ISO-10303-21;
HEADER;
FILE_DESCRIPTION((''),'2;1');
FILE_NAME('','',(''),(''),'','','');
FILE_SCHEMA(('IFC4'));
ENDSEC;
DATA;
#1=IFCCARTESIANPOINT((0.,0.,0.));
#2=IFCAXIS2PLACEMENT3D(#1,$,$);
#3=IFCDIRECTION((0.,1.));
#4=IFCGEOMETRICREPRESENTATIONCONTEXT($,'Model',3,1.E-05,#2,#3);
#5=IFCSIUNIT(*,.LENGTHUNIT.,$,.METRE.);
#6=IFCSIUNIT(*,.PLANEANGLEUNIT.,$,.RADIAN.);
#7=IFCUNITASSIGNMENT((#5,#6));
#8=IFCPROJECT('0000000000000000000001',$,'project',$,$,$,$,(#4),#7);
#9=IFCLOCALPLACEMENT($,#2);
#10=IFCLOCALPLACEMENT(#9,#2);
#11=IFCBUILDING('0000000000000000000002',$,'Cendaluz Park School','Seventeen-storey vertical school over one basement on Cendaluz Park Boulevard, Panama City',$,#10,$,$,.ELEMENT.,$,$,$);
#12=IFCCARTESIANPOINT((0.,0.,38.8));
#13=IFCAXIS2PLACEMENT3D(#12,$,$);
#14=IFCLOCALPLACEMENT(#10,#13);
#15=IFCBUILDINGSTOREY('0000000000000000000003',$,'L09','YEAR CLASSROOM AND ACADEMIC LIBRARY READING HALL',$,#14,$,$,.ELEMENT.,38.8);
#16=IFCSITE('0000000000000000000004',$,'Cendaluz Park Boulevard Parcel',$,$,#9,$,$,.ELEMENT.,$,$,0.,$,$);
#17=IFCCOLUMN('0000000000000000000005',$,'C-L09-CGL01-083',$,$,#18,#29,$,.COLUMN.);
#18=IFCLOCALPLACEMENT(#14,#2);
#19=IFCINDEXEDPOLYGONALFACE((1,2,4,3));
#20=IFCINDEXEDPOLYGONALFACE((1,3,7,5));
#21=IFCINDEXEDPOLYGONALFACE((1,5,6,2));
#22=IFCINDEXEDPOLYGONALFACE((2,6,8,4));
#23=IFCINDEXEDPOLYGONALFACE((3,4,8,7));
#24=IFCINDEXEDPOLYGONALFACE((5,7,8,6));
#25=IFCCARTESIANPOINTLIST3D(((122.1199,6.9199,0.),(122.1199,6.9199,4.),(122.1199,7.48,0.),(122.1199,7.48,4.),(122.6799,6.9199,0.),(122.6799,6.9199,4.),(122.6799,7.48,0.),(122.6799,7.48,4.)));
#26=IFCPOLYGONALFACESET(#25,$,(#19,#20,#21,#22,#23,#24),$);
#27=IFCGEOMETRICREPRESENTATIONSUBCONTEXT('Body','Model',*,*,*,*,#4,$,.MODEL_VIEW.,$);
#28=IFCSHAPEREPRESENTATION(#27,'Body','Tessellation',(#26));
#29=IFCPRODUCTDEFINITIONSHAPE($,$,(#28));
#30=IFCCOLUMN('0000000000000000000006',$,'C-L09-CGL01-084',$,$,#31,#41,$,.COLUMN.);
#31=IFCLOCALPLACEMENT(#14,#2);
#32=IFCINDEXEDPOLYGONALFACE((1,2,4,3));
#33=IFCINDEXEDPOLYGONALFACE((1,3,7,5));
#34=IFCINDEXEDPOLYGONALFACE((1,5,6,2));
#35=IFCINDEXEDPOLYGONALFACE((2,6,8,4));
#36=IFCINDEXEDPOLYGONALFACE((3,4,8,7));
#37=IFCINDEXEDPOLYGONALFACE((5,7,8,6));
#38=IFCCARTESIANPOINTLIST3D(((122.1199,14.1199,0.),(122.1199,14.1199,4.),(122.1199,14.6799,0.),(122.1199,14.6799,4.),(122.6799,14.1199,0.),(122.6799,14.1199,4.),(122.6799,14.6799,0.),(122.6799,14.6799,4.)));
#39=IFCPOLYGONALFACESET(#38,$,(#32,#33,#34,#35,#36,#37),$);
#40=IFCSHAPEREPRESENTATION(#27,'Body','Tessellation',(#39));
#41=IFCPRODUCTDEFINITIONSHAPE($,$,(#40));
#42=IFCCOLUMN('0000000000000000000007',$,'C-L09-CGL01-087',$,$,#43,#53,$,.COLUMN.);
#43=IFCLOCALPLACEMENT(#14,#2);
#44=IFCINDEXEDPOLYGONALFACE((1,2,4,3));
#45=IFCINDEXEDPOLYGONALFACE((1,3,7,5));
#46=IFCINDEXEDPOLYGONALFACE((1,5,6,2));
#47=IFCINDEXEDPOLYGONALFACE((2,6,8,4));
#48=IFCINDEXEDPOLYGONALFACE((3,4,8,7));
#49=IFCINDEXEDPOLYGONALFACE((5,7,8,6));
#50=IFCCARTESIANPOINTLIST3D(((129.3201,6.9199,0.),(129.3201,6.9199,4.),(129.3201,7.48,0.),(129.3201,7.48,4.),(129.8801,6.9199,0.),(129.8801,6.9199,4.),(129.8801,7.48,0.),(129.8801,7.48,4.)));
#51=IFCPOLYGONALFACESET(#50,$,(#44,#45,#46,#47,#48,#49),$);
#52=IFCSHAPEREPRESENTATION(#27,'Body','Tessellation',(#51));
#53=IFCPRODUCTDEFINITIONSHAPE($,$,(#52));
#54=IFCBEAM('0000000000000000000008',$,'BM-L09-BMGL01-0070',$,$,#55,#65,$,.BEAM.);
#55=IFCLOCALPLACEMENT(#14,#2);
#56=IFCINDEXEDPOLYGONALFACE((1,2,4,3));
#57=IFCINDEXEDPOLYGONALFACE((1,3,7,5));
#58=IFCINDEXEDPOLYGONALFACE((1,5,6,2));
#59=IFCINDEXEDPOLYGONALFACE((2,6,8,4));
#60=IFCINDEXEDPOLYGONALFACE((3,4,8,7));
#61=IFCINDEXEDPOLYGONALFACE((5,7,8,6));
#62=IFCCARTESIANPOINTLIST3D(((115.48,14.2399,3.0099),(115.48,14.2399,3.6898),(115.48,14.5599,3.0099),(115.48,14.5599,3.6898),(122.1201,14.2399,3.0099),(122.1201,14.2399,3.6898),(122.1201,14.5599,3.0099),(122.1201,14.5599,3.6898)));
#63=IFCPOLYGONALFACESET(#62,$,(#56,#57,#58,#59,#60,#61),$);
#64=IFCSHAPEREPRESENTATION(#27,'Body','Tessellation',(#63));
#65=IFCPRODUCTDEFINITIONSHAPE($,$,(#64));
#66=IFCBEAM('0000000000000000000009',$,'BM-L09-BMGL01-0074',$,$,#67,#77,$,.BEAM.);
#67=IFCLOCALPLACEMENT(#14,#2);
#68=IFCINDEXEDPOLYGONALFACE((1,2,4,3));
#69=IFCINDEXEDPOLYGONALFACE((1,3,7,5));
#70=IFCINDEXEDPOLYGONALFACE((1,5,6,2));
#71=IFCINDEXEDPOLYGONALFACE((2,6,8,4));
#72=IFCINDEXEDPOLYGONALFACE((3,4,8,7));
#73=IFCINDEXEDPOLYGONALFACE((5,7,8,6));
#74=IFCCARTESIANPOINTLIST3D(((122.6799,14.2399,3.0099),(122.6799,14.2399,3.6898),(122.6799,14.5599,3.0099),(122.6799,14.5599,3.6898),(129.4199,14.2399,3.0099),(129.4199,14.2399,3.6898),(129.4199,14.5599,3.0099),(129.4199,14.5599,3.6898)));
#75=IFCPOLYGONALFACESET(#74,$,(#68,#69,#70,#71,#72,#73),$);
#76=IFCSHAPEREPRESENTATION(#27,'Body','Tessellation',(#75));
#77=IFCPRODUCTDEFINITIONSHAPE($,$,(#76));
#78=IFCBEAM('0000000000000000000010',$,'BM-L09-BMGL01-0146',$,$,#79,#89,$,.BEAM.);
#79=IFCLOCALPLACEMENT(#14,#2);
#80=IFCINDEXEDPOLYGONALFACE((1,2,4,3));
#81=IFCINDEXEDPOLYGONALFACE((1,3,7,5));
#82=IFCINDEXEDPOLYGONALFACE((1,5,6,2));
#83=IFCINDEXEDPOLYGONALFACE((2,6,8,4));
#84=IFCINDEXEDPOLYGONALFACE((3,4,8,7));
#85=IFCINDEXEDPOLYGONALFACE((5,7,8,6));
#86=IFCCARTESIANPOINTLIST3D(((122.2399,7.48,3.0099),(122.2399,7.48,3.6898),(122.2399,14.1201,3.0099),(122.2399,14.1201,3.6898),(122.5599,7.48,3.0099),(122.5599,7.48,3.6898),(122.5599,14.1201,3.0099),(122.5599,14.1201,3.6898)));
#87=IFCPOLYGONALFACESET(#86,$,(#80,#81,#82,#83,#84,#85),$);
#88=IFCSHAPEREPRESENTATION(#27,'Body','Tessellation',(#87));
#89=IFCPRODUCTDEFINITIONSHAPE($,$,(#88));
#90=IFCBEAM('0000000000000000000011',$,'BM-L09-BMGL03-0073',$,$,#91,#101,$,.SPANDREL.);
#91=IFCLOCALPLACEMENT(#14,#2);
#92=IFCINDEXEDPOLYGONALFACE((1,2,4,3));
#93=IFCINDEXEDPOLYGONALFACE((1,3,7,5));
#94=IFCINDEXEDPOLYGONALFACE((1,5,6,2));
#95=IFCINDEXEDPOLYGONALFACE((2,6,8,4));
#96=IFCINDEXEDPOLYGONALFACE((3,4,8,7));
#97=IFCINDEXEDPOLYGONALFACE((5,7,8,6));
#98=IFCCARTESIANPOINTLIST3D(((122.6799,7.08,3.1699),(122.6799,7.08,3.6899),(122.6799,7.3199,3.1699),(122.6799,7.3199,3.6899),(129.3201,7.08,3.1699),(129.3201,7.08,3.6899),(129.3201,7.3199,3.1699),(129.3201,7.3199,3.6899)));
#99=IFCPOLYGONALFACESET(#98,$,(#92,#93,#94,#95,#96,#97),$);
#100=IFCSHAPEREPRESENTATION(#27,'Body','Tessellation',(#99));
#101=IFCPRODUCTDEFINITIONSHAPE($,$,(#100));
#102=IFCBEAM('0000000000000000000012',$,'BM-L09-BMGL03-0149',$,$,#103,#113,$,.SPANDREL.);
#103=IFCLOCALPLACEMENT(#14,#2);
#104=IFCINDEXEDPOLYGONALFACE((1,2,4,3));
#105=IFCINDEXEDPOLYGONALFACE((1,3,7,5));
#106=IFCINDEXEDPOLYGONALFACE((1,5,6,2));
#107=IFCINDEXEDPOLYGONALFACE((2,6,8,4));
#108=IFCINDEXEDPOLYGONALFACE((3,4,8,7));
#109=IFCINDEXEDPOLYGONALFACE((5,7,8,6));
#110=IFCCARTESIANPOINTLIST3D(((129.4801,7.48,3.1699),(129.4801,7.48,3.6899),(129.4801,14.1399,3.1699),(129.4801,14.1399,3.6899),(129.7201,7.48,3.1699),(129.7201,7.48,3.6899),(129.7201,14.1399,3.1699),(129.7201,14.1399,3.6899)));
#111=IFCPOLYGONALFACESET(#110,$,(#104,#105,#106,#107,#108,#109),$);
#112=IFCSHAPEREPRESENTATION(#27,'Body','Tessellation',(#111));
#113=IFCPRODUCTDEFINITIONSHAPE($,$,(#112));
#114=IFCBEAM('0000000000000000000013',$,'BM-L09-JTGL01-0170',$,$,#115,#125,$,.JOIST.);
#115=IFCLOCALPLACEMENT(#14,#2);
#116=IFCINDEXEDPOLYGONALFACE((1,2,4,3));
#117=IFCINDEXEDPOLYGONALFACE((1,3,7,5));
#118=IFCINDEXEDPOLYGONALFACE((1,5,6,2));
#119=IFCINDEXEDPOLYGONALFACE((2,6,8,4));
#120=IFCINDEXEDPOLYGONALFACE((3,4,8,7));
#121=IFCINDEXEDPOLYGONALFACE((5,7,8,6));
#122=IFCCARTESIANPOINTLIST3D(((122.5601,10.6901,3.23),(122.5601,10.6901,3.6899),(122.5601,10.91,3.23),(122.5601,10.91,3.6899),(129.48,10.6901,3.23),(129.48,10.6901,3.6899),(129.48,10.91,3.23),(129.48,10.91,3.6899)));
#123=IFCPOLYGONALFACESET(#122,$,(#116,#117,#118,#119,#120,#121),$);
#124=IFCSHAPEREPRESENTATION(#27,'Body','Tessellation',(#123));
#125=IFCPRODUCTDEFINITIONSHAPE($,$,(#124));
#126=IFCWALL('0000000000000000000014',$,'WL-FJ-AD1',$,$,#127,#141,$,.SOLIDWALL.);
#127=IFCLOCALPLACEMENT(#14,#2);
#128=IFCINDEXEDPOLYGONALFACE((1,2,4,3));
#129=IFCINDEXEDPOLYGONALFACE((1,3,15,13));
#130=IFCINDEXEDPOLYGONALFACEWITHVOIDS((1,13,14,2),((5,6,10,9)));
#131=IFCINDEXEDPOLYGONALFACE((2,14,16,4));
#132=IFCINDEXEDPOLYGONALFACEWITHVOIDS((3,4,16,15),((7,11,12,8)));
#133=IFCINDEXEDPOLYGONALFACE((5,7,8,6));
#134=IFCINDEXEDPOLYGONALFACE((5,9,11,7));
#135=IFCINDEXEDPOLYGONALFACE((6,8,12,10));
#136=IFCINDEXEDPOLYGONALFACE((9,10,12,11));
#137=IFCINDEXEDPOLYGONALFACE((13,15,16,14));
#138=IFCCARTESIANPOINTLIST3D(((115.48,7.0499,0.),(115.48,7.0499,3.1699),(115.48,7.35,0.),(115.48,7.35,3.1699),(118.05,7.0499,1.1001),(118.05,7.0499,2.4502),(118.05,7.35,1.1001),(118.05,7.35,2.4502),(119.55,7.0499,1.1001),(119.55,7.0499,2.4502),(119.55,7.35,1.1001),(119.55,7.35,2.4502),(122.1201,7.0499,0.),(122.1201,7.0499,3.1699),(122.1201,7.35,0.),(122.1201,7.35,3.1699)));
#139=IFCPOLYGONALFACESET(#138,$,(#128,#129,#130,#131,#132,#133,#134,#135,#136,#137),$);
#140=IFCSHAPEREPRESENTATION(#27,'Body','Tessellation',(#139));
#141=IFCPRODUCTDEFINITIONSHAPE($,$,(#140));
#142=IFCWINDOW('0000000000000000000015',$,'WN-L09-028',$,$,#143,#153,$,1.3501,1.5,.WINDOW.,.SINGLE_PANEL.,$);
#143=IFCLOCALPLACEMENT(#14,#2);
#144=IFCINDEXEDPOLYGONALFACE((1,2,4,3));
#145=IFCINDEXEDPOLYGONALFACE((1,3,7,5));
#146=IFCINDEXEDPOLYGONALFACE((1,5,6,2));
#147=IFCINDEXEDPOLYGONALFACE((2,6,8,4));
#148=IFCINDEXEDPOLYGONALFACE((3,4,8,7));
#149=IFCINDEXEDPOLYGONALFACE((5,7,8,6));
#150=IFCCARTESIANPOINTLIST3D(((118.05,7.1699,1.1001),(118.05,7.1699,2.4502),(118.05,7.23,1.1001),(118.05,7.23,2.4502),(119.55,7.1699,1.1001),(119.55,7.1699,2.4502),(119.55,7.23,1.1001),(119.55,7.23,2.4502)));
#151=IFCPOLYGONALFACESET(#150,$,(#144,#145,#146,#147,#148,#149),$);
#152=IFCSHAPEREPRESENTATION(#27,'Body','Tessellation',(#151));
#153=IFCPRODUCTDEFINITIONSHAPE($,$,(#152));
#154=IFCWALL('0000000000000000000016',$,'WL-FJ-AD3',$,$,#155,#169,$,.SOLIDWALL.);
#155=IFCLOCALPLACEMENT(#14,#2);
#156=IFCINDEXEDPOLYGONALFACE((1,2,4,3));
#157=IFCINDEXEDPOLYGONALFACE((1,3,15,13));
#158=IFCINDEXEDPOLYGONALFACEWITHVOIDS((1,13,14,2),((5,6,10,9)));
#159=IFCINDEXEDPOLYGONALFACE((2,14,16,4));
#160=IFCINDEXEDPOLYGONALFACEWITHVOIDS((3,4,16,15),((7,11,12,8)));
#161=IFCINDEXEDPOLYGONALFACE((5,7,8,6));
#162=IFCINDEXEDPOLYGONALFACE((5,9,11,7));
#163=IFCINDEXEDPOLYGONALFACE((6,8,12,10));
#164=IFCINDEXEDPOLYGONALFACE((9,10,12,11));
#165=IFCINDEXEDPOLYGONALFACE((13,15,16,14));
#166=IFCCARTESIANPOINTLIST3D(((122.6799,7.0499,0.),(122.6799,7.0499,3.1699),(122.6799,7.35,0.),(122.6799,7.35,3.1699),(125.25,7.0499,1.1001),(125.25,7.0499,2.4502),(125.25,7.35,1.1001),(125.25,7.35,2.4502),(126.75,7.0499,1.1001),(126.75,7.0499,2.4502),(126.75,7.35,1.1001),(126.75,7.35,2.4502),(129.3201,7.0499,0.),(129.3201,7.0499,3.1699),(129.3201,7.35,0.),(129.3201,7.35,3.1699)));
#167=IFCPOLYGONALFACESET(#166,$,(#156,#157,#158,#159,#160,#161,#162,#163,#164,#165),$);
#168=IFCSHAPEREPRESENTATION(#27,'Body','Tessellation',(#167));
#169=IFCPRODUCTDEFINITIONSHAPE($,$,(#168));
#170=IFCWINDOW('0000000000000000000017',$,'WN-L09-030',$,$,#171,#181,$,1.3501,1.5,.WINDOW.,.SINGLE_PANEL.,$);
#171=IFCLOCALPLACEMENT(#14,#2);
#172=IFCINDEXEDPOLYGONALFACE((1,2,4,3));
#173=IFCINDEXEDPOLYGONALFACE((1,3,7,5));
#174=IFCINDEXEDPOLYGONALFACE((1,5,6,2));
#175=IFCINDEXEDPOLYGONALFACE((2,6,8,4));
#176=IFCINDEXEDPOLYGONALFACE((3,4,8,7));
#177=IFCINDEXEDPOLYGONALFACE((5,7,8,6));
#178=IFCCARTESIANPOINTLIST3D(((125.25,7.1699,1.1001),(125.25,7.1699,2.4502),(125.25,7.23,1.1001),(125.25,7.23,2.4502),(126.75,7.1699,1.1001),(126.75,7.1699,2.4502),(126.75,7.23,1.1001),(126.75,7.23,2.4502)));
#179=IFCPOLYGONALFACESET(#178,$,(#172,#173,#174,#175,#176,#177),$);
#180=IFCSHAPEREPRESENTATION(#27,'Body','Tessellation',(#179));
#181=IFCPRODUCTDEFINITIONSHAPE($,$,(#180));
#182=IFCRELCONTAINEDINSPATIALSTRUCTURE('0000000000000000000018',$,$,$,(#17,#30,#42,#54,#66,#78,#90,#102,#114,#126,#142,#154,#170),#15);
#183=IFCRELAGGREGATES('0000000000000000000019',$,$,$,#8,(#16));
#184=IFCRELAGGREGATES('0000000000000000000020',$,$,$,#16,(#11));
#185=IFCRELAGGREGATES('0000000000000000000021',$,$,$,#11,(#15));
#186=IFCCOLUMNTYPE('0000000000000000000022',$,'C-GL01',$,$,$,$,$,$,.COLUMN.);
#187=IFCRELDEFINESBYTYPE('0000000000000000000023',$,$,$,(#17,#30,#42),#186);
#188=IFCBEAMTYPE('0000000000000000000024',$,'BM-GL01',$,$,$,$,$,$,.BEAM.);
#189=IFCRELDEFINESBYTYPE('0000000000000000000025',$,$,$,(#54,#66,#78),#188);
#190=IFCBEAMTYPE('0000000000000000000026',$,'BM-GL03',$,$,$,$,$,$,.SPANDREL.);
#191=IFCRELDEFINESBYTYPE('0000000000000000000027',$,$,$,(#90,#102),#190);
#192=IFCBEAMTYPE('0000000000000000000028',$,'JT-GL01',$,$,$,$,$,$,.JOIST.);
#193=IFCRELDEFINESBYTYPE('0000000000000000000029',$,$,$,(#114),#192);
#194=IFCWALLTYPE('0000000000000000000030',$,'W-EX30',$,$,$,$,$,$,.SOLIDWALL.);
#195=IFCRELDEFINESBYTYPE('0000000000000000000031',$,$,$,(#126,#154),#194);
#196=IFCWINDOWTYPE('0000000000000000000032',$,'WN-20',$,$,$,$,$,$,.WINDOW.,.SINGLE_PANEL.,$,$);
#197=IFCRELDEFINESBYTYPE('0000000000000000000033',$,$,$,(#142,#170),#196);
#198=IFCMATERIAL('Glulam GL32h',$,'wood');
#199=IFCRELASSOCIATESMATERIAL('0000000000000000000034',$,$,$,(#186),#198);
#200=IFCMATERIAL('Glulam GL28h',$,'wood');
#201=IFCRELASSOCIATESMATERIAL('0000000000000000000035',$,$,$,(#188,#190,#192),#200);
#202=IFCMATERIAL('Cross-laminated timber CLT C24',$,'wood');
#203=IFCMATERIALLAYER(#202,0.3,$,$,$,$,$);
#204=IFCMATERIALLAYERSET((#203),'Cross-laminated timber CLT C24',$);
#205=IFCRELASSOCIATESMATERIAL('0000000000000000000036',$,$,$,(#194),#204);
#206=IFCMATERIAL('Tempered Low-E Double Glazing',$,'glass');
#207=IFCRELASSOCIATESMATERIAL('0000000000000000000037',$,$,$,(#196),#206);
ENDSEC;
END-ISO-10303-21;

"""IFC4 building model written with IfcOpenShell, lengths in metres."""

from ifc_helpers import new_model, si_unit, direction, frame, frame_2d, origin, origin_2d, place, context, subcontext, project, spatial, rectangle, extrude, material, layer, layer_set, material_profile, profile_set, type_object, element, fill, save


model = new_model("IFC4")

# Units and contexts
model_context = context("Model", 3, precision=1e-05, world=origin(), true_north=direction((0.0, 1.0)))
body_context = subcontext(model_context, "Body", "Model", "MODEL_VIEW")
ifc_project = project(units=[si_unit("LENGTHUNIT", "METRE"), si_unit("PLANEANGLEUNIT", "RADIAN")], contexts=[model_context])

# Site, building, storey
site_placement = place(None, origin())
site = spatial("IfcSite", under=ifc_project, at=site_placement, Name="Cendaluz Park Boulevard Parcel", CompositionType="ELEMENT", RefElevation=0.0)
building_placement = place(site_placement, origin())
building = spatial("IfcBuilding", under=site, at=building_placement, Name="Cendaluz Park School", Description="Seventeen-storey vertical school over one basement on Cendaluz Park Boulevard, Panama City", CompositionType="ELEMENT")
storey_placement = place(building_placement, frame((0.0, 0.0, 38.8)))
storey = spatial("IfcBuildingStorey", under=building, at=storey_placement, Name="L09", Description="YEAR CLASSROOM AND ACADEMIC LIBRARY READING HALL", CompositionType="ELEMENT", Elevation=38.8)

# Columns
ifc_material_1 = material(Name="Glulam GL32h", Category="wood")
ifc_material_profile_1 = material_profile(ifc_material_1, rectangle(XDim=0.5601, YDim=0.5601, at=origin_2d()), Name="GL32h 560x560", Category="wood")
ifc_profile_set_1 = profile_set([ifc_material_profile_1], Name="Glulam GL32h")
column_type = type_object("IfcColumnType", Name="C-GL01", PredefinedType="COLUMN", material=ifc_profile_set_1)
for number, where, z_axis, x_axis, name in (
    (1, (122.3999, 7.2, 0.0), (0.0, 0.0, 1.0), (1.0, 0.0, 0.0), "C-L09-CGL01-083"),
    (2, (122.3999, 14.3999, 0.0), (0.0, 0.0, 1.0), (1.0, 0.0, 0.0), "C-L09-CGL01-084"),
    (3, (129.6001, 7.2, 0.0), (0.0, 0.0, 1.0), (1.0, 0.0, 0.0), "C-L09-CGL01-087"),
):
    element("IfcColumn", number, at=place(storey_placement, frame(where, z_axis=z_axis, x_axis=x_axis)), inside=storey, type_object=column_type, Name=name, PredefinedType="COLUMN", context=body_context, shape_type="SweptSolid", body=[
        extrude(rectangle(XDim=0.5601, YDim=0.5601, at=origin_2d()), origin(), (0.0, 0.0, 1.0), 4.0),
    ])

# Beams
ifc_material_2 = material(Name="Glulam GL28h", Category="wood")
ifc_material_profile_2 = material_profile(ifc_material_2, rectangle(XDim=0.3201, YDim=0.6799, at=origin_2d()), Name="GL28h 320x680", Category="wood")
ifc_profile_set_2 = profile_set([ifc_material_profile_2], Name="Glulam GL28h")
beam_type_1 = type_object("IfcBeamType", Name="BM-GL01", PredefinedType="BEAM", material=ifc_profile_set_2)
beam_1_placement = place(storey_placement, frame((115.48, 14.3999, 3.3499), z_axis=(1.0, 0.0, 0.0), x_axis=(0.0, 1.0, 0.0)))
element("IfcBeam", 4, at=beam_1_placement, inside=storey, type_object=beam_type_1, Name="BM-L09-BMGL01-0070", PredefinedType="BEAM", context=body_context, shape_type="SweptSolid", body=[
    extrude(rectangle(XDim=0.3201, YDim=0.6799, at=origin_2d()), origin(), (0.0, 0.0, 1.0), 6.6401),
])
beam_2_placement = place(storey_placement, frame((122.6799, 14.3999, 3.3499), z_axis=(1.0, 0.0, 0.0), x_axis=(0.0, 1.0, 0.0)))
element("IfcBeam", 5, at=beam_2_placement, inside=storey, type_object=beam_type_1, Name="BM-L09-BMGL01-0074", PredefinedType="BEAM", context=body_context, shape_type="SweptSolid", body=[
    extrude(rectangle(XDim=0.3201, YDim=0.6799, at=origin_2d()), origin(), (0.0, 0.0, 1.0), 6.74),
])
beam_3_placement = place(storey_placement, frame((122.3999, 7.48, 3.3499), z_axis=(0.0, 1.0, 0.0), x_axis=(-1.0, 0.0, 0.0)))
element("IfcBeam", 6, at=beam_3_placement, inside=storey, type_object=beam_type_1, Name="BM-L09-BMGL01-0146", PredefinedType="BEAM", context=body_context, shape_type="SweptSolid", body=[
    extrude(rectangle(XDim=0.3201, YDim=0.6799, at=origin_2d()), origin(), (0.0, 0.0, 1.0), 6.6401),
])
ifc_material_profile_3 = material_profile(ifc_material_2, rectangle(XDim=0.24, YDim=0.52, at=origin_2d()), Name="GL28h 240x520", Category="wood")
ifc_profile_set_3 = profile_set([ifc_material_profile_3], Name="Glulam GL28h")
beam_type_2 = type_object("IfcBeamType", Name="BM-GL03", PredefinedType="SPANDREL", material=ifc_profile_set_3)
beam_4_placement = place(storey_placement, frame((122.6799, 7.2, 3.4299), z_axis=(1.0, 0.0, 0.0), x_axis=(0.0, 1.0, 0.0)))
element("IfcBeam", 7, at=beam_4_placement, inside=storey, type_object=beam_type_2, Name="BM-L09-BMGL03-0073", PredefinedType="SPANDREL", context=body_context, shape_type="SweptSolid", body=[
    extrude(rectangle(XDim=0.24, YDim=0.52, at=origin_2d()), origin(), (0.0, 0.0, 1.0), 6.6401),
])
beam_5_placement = place(storey_placement, frame((129.6001, 7.48, 3.4299), z_axis=(0.0, 1.0, 0.0), x_axis=(-1.0, 0.0, 0.0)))
element("IfcBeam", 8, at=beam_5_placement, inside=storey, type_object=beam_type_2, Name="BM-L09-BMGL03-0149", PredefinedType="SPANDREL", context=body_context, shape_type="SweptSolid", body=[
    extrude(rectangle(XDim=0.24, YDim=0.52, at=origin_2d()), origin(), (0.0, 0.0, 1.0), 6.6599),
])
ifc_material_profile_4 = material_profile(ifc_material_2, rectangle(XDim=0.22, YDim=0.46, at=origin_2d()), Name="GL28h 220x460", Category="wood")
ifc_profile_set_4 = profile_set([ifc_material_profile_4], Name="Glulam GL28h")
beam_type_3 = type_object("IfcBeamType", Name="JT-GL01", PredefinedType="JOIST", material=ifc_profile_set_4)
beam_6_placement = place(storey_placement, frame((122.5601, 10.8, 3.46), z_axis=(1.0, 0.0, 0.0), x_axis=(0.0, 1.0, 0.0)))
element("IfcBeam", 9, at=beam_6_placement, inside=storey, type_object=beam_type_3, Name="BM-L09-JTGL01-0170", PredefinedType="JOIST", context=body_context, shape_type="SweptSolid", body=[
    extrude(rectangle(XDim=0.22, YDim=0.46, at=origin_2d()), origin(), (0.0, 0.0, 1.0), 6.9199),
])

# Walls, openings, windows
ifc_material_3 = material(Name="Cross-laminated timber CLT C24", Category="wood")
ifc_layer_1 = layer(ifc_material_3, 0.3)
ifc_layer_set_1 = layer_set([ifc_layer_1], Name="Cross-laminated timber CLT C24")
wall_type_1 = type_object("IfcWallType", Name="W-EX30", PredefinedType="SOLIDWALL", material=ifc_layer_set_1)
wall_1_placement = place(storey_placement, frame((115.48, 7.2, 0.0), z_axis=(0.0, 0.0, 1.0), x_axis=(1.0, 0.0, 0.0)))
wall_1 = element("IfcWall", 10, at=wall_1_placement, inside=storey, type_object=wall_type_1, Name="WL-FJ-AD1", PredefinedType="SOLIDWALL", context=body_context, shape_type="SweptSolid", body=[
    extrude(rectangle(XDim=6.6401, YDim=0.3, at=frame_2d((3.3201, 0.0))), origin(), (0.0, 0.0, 1.0), 3.1699),
])
opening_1_placement = place(wall_1_placement, frame((2.5701, 0.0, 1.1001)))
opening_1 = element("IfcOpeningElement", 11, at=opening_1_placement, cuts=wall_1, PredefinedType="OPENING", context=body_context, shape_type="SweptSolid", body=[
    extrude(rectangle(XDim=1.5, YDim=1.3501, at=frame_2d((0.75, 0.675))), frame((0.0, 0.1621, 0.0), z_axis=(0.0, -1.0, 0.0), x_axis=(1.0, 0.0, 0.0)), (0.0, 0.0, 1.0), 0.324),
])
ifc_material_4 = material(Name="Tempered Low-E Double Glazing", Category="glass")
window_type = type_object("IfcWindowType", Name="WN-20", PartitioningType="SINGLE_PANEL", PredefinedType="WINDOW", material=ifc_material_4)
window_1_placement = place(opening_1_placement, origin())
window_1 = element("IfcWindow", 12, at=window_1_placement, inside=storey, type_object=window_type, Name="WN-L09-028", OverallHeight=1.3501, OverallWidth=1.5, PartitioningType="SINGLE_PANEL", PredefinedType="WINDOW", context=body_context, shape_type="SweptSolid", body=[
    extrude(rectangle(XDim=1.5, YDim=1.3501, at=frame_2d((0.75, 0.675))), frame((0.0, 0.03, 0.0), z_axis=(0.0, -1.0, 0.0), x_axis=(1.0, 0.0, 0.0)), (0.0, 0.0, 1.0), 0.0601),
])
fill(opening_1, window_1)
wall_2_placement = place(storey_placement, frame((122.6799, 7.2, 0.0), z_axis=(0.0, 0.0, 1.0), x_axis=(1.0, 0.0, 0.0)))
wall_2 = element("IfcWall", 13, at=wall_2_placement, inside=storey, type_object=wall_type_1, Name="WL-FJ-AD3", PredefinedType="SOLIDWALL", context=body_context, shape_type="SweptSolid", body=[
    extrude(rectangle(XDim=6.6401, YDim=0.3, at=frame_2d((3.3201, 0.0))), origin(), (0.0, 0.0, 1.0), 3.1699),
])
opening_2_placement = place(wall_2_placement, frame((2.5701, 0.0, 1.1001)))
opening_2 = element("IfcOpeningElement", 14, at=opening_2_placement, cuts=wall_2, PredefinedType="OPENING", context=body_context, shape_type="SweptSolid", body=[
    extrude(rectangle(XDim=1.5, YDim=1.3501, at=frame_2d((0.75, 0.675))), frame((0.0, 0.1621, 0.0), z_axis=(0.0, -1.0, 0.0), x_axis=(1.0, 0.0, 0.0)), (0.0, 0.0, 1.0), 0.324),
])
window_2_placement = place(opening_2_placement, origin())
window_2 = element("IfcWindow", 15, at=window_2_placement, inside=storey, type_object=window_type, Name="WN-L09-030", OverallHeight=1.3501, OverallWidth=1.5, PartitioningType="SINGLE_PANEL", PredefinedType="WINDOW", context=body_context, shape_type="SweptSolid", body=[
    extrude(rectangle(XDim=1.5, YDim=1.3501, at=frame_2d((0.75, 0.675))), frame((0.0, 0.03, 0.0), z_axis=(0.0, -1.0, 0.0), x_axis=(1.0, 0.0, 0.0)), (0.0, 0.0, 1.0), 0.0601),
])
fill(opening_2, window_2)

save(model, "model.ifc")
